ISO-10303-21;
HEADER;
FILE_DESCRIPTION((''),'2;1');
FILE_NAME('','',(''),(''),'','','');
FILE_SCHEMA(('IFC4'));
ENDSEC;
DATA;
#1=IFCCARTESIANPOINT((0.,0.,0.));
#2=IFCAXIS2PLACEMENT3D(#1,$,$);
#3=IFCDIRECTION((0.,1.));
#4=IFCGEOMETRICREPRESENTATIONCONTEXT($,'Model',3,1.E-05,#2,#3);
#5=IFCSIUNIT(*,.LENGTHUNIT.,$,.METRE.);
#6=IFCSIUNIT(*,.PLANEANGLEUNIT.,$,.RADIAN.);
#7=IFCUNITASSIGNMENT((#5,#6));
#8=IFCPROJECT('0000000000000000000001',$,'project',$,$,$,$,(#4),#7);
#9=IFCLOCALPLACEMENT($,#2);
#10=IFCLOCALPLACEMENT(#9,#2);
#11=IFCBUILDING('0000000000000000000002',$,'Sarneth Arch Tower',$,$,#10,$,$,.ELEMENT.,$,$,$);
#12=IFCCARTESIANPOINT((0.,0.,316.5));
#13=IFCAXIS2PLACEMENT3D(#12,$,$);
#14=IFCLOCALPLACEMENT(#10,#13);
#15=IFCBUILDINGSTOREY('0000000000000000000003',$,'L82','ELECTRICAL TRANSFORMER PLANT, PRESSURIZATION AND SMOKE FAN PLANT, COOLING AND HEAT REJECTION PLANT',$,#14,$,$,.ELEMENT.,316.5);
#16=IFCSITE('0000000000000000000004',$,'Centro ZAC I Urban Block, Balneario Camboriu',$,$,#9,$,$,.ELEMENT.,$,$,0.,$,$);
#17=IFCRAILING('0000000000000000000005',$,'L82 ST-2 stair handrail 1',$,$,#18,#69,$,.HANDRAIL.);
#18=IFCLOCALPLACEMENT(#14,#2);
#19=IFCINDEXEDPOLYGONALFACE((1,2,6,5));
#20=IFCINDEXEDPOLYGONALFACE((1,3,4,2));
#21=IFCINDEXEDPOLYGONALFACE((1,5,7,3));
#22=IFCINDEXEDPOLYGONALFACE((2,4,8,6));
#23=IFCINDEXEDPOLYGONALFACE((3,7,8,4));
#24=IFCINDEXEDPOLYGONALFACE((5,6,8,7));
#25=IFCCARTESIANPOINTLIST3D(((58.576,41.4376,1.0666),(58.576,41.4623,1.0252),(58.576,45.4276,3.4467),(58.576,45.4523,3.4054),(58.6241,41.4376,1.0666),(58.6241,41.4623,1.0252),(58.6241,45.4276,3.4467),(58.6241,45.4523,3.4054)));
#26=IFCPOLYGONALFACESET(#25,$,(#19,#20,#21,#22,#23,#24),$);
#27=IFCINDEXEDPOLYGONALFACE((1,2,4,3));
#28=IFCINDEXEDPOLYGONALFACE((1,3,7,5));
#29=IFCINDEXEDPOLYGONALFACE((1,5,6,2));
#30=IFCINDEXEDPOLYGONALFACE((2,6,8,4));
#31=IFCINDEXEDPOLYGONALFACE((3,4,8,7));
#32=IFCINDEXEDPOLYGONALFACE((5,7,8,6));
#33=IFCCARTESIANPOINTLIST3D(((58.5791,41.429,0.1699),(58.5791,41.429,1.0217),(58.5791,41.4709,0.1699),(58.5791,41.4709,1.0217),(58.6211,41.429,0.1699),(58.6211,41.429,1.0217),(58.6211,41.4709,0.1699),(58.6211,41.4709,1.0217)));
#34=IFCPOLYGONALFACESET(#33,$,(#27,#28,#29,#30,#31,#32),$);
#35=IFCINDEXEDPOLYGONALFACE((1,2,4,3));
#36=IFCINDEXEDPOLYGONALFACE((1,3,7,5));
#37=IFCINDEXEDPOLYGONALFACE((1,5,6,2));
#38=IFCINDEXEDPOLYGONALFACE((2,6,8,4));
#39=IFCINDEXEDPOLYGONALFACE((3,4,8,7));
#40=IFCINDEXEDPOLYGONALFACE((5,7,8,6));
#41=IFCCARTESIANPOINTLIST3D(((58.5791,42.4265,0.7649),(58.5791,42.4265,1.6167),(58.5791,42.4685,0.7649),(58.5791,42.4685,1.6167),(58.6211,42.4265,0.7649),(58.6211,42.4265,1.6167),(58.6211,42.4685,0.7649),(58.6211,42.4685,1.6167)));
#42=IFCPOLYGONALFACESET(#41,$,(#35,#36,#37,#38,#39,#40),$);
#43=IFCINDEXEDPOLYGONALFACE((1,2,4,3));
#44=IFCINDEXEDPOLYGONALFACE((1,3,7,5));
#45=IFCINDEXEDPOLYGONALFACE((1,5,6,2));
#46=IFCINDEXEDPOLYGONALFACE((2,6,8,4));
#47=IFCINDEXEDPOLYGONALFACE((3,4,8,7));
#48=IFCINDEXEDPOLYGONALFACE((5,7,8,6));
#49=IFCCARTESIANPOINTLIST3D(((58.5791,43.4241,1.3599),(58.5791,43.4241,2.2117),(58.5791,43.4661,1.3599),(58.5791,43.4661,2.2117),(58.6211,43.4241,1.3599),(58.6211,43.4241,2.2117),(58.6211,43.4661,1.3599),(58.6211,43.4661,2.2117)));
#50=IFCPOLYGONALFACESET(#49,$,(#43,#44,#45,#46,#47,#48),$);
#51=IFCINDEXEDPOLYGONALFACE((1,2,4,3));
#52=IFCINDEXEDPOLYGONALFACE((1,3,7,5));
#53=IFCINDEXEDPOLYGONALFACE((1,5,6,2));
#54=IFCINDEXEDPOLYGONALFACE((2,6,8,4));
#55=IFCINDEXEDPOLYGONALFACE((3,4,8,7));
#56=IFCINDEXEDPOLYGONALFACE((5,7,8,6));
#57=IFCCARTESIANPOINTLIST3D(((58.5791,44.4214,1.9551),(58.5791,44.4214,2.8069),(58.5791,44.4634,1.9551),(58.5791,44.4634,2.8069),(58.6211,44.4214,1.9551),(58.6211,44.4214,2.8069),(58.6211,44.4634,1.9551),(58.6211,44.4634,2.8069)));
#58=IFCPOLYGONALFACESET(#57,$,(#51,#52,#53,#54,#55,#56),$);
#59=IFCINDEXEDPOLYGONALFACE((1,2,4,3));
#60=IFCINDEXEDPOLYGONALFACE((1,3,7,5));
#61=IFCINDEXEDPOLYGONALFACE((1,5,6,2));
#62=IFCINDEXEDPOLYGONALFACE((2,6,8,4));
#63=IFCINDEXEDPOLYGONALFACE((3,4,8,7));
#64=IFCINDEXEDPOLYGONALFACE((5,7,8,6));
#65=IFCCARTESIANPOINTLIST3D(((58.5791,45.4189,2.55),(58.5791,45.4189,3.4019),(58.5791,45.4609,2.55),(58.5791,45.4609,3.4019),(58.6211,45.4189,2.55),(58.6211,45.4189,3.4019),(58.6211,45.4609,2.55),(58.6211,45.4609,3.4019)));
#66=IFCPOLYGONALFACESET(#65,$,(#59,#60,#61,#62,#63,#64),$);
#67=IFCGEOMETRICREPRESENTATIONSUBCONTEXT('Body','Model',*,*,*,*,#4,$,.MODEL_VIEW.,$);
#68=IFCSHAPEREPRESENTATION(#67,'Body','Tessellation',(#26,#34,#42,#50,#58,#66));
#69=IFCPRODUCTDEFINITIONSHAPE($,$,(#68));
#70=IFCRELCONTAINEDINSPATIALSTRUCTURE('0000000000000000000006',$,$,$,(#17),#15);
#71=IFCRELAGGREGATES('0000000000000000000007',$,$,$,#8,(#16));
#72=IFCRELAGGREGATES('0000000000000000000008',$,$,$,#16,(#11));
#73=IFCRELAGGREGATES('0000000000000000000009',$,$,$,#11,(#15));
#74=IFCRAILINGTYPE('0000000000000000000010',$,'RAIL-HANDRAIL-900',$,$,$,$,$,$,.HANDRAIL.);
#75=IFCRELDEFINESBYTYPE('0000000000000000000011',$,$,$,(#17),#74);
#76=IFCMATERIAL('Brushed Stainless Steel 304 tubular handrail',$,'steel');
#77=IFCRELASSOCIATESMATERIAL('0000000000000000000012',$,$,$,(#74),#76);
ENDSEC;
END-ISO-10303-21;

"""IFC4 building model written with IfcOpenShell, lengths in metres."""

from ifc_helpers import new_model, si_unit, direction, frame, origin, origin_2d, place, context, subcontext, project, spatial, rectangle, extrude, material, type_object, element, save


model = new_model("IFC4")

# Units and contexts
model_context = context("Model", 3, precision=1e-05, world=origin(), true_north=direction((0.0, 1.0)))
body_context = subcontext(model_context, "Body", "Model", "MODEL_VIEW")
ifc_project = project(units=[si_unit("LENGTHUNIT", "METRE"), si_unit("PLANEANGLEUNIT", "RADIAN")], contexts=[model_context])

# Site, building, storey
site_placement = place(None, origin())
site = spatial("IfcSite", under=ifc_project, at=site_placement, Name="Centro ZAC I Urban Block, Balneario Camboriu", CompositionType="ELEMENT", RefElevation=0.0)
building_placement = place(site_placement, origin())
building = spatial("IfcBuilding", under=site, at=building_placement, Name="Sarneth Arch Tower", CompositionType="ELEMENT")
storey_placement = place(building_placement, frame((0.0, 0.0, 316.5)))
storey = spatial("IfcBuildingStorey", under=building, at=storey_placement, Name="L82", Description="ELECTRICAL TRANSFORMER PLANT, PRESSURIZATION AND SMOKE FAN PLANT, COOLING AND HEAT REJECTION PLANT", CompositionType="ELEMENT", Elevation=316.5)

# Railing
ifc_material_1 = material(Name="Brushed Stainless Steel 304 tubular handrail", Category="steel")
railing_type = type_object("IfcRailingType", Name="RAIL-HANDRAIL-900", PredefinedType="HANDRAIL", material=ifc_material_1)
railing_placement = place(storey_placement, frame((58.6001, 41.45, 0.1699)))
element("IfcRailing", 1, at=railing_placement, inside=storey, type_object=railing_type, Name="L82 ST-2 stair handrail 1", PredefinedType="HANDRAIL", context=body_context, shape_type="SweptSolid", body=[
    extrude(rectangle(XDim=0.0481, YDim=0.0481, at=origin_2d()), frame((0.0, 0.0, 0.876), z_axis=(0.0, 0.858807, 0.512299), x_axis=(-1.0, 0.0, 0.0)), (0.0, 0.0, 1.0), 4.646),
    extrude(rectangle(XDim=0.042, YDim=0.042, at=origin_2d()), origin(), (0.0, 0.0, 1.0), 0.8518),
    extrude(rectangle(XDim=0.042, YDim=0.042, at=origin_2d()), frame((0.0, 0.9976, 0.595)), (0.0, 0.0, 1.0), 0.8518),
    extrude(rectangle(XDim=0.042, YDim=0.042, at=origin_2d()), frame((0.0, 1.9951, 1.1899)), (0.0, 0.0, 1.0), 0.8518),
    extrude(rectangle(XDim=0.042, YDim=0.042, at=origin_2d()), frame((0.0, 2.9924, 1.7852)), (0.0, 0.0, 1.0), 0.8518),
    extrude(rectangle(XDim=0.042, YDim=0.042, at=origin_2d()), frame((0.0, 3.99, 2.3801)), (0.0, 0.0, 1.0), 0.8518),
])

save(model, "model.ifc")
